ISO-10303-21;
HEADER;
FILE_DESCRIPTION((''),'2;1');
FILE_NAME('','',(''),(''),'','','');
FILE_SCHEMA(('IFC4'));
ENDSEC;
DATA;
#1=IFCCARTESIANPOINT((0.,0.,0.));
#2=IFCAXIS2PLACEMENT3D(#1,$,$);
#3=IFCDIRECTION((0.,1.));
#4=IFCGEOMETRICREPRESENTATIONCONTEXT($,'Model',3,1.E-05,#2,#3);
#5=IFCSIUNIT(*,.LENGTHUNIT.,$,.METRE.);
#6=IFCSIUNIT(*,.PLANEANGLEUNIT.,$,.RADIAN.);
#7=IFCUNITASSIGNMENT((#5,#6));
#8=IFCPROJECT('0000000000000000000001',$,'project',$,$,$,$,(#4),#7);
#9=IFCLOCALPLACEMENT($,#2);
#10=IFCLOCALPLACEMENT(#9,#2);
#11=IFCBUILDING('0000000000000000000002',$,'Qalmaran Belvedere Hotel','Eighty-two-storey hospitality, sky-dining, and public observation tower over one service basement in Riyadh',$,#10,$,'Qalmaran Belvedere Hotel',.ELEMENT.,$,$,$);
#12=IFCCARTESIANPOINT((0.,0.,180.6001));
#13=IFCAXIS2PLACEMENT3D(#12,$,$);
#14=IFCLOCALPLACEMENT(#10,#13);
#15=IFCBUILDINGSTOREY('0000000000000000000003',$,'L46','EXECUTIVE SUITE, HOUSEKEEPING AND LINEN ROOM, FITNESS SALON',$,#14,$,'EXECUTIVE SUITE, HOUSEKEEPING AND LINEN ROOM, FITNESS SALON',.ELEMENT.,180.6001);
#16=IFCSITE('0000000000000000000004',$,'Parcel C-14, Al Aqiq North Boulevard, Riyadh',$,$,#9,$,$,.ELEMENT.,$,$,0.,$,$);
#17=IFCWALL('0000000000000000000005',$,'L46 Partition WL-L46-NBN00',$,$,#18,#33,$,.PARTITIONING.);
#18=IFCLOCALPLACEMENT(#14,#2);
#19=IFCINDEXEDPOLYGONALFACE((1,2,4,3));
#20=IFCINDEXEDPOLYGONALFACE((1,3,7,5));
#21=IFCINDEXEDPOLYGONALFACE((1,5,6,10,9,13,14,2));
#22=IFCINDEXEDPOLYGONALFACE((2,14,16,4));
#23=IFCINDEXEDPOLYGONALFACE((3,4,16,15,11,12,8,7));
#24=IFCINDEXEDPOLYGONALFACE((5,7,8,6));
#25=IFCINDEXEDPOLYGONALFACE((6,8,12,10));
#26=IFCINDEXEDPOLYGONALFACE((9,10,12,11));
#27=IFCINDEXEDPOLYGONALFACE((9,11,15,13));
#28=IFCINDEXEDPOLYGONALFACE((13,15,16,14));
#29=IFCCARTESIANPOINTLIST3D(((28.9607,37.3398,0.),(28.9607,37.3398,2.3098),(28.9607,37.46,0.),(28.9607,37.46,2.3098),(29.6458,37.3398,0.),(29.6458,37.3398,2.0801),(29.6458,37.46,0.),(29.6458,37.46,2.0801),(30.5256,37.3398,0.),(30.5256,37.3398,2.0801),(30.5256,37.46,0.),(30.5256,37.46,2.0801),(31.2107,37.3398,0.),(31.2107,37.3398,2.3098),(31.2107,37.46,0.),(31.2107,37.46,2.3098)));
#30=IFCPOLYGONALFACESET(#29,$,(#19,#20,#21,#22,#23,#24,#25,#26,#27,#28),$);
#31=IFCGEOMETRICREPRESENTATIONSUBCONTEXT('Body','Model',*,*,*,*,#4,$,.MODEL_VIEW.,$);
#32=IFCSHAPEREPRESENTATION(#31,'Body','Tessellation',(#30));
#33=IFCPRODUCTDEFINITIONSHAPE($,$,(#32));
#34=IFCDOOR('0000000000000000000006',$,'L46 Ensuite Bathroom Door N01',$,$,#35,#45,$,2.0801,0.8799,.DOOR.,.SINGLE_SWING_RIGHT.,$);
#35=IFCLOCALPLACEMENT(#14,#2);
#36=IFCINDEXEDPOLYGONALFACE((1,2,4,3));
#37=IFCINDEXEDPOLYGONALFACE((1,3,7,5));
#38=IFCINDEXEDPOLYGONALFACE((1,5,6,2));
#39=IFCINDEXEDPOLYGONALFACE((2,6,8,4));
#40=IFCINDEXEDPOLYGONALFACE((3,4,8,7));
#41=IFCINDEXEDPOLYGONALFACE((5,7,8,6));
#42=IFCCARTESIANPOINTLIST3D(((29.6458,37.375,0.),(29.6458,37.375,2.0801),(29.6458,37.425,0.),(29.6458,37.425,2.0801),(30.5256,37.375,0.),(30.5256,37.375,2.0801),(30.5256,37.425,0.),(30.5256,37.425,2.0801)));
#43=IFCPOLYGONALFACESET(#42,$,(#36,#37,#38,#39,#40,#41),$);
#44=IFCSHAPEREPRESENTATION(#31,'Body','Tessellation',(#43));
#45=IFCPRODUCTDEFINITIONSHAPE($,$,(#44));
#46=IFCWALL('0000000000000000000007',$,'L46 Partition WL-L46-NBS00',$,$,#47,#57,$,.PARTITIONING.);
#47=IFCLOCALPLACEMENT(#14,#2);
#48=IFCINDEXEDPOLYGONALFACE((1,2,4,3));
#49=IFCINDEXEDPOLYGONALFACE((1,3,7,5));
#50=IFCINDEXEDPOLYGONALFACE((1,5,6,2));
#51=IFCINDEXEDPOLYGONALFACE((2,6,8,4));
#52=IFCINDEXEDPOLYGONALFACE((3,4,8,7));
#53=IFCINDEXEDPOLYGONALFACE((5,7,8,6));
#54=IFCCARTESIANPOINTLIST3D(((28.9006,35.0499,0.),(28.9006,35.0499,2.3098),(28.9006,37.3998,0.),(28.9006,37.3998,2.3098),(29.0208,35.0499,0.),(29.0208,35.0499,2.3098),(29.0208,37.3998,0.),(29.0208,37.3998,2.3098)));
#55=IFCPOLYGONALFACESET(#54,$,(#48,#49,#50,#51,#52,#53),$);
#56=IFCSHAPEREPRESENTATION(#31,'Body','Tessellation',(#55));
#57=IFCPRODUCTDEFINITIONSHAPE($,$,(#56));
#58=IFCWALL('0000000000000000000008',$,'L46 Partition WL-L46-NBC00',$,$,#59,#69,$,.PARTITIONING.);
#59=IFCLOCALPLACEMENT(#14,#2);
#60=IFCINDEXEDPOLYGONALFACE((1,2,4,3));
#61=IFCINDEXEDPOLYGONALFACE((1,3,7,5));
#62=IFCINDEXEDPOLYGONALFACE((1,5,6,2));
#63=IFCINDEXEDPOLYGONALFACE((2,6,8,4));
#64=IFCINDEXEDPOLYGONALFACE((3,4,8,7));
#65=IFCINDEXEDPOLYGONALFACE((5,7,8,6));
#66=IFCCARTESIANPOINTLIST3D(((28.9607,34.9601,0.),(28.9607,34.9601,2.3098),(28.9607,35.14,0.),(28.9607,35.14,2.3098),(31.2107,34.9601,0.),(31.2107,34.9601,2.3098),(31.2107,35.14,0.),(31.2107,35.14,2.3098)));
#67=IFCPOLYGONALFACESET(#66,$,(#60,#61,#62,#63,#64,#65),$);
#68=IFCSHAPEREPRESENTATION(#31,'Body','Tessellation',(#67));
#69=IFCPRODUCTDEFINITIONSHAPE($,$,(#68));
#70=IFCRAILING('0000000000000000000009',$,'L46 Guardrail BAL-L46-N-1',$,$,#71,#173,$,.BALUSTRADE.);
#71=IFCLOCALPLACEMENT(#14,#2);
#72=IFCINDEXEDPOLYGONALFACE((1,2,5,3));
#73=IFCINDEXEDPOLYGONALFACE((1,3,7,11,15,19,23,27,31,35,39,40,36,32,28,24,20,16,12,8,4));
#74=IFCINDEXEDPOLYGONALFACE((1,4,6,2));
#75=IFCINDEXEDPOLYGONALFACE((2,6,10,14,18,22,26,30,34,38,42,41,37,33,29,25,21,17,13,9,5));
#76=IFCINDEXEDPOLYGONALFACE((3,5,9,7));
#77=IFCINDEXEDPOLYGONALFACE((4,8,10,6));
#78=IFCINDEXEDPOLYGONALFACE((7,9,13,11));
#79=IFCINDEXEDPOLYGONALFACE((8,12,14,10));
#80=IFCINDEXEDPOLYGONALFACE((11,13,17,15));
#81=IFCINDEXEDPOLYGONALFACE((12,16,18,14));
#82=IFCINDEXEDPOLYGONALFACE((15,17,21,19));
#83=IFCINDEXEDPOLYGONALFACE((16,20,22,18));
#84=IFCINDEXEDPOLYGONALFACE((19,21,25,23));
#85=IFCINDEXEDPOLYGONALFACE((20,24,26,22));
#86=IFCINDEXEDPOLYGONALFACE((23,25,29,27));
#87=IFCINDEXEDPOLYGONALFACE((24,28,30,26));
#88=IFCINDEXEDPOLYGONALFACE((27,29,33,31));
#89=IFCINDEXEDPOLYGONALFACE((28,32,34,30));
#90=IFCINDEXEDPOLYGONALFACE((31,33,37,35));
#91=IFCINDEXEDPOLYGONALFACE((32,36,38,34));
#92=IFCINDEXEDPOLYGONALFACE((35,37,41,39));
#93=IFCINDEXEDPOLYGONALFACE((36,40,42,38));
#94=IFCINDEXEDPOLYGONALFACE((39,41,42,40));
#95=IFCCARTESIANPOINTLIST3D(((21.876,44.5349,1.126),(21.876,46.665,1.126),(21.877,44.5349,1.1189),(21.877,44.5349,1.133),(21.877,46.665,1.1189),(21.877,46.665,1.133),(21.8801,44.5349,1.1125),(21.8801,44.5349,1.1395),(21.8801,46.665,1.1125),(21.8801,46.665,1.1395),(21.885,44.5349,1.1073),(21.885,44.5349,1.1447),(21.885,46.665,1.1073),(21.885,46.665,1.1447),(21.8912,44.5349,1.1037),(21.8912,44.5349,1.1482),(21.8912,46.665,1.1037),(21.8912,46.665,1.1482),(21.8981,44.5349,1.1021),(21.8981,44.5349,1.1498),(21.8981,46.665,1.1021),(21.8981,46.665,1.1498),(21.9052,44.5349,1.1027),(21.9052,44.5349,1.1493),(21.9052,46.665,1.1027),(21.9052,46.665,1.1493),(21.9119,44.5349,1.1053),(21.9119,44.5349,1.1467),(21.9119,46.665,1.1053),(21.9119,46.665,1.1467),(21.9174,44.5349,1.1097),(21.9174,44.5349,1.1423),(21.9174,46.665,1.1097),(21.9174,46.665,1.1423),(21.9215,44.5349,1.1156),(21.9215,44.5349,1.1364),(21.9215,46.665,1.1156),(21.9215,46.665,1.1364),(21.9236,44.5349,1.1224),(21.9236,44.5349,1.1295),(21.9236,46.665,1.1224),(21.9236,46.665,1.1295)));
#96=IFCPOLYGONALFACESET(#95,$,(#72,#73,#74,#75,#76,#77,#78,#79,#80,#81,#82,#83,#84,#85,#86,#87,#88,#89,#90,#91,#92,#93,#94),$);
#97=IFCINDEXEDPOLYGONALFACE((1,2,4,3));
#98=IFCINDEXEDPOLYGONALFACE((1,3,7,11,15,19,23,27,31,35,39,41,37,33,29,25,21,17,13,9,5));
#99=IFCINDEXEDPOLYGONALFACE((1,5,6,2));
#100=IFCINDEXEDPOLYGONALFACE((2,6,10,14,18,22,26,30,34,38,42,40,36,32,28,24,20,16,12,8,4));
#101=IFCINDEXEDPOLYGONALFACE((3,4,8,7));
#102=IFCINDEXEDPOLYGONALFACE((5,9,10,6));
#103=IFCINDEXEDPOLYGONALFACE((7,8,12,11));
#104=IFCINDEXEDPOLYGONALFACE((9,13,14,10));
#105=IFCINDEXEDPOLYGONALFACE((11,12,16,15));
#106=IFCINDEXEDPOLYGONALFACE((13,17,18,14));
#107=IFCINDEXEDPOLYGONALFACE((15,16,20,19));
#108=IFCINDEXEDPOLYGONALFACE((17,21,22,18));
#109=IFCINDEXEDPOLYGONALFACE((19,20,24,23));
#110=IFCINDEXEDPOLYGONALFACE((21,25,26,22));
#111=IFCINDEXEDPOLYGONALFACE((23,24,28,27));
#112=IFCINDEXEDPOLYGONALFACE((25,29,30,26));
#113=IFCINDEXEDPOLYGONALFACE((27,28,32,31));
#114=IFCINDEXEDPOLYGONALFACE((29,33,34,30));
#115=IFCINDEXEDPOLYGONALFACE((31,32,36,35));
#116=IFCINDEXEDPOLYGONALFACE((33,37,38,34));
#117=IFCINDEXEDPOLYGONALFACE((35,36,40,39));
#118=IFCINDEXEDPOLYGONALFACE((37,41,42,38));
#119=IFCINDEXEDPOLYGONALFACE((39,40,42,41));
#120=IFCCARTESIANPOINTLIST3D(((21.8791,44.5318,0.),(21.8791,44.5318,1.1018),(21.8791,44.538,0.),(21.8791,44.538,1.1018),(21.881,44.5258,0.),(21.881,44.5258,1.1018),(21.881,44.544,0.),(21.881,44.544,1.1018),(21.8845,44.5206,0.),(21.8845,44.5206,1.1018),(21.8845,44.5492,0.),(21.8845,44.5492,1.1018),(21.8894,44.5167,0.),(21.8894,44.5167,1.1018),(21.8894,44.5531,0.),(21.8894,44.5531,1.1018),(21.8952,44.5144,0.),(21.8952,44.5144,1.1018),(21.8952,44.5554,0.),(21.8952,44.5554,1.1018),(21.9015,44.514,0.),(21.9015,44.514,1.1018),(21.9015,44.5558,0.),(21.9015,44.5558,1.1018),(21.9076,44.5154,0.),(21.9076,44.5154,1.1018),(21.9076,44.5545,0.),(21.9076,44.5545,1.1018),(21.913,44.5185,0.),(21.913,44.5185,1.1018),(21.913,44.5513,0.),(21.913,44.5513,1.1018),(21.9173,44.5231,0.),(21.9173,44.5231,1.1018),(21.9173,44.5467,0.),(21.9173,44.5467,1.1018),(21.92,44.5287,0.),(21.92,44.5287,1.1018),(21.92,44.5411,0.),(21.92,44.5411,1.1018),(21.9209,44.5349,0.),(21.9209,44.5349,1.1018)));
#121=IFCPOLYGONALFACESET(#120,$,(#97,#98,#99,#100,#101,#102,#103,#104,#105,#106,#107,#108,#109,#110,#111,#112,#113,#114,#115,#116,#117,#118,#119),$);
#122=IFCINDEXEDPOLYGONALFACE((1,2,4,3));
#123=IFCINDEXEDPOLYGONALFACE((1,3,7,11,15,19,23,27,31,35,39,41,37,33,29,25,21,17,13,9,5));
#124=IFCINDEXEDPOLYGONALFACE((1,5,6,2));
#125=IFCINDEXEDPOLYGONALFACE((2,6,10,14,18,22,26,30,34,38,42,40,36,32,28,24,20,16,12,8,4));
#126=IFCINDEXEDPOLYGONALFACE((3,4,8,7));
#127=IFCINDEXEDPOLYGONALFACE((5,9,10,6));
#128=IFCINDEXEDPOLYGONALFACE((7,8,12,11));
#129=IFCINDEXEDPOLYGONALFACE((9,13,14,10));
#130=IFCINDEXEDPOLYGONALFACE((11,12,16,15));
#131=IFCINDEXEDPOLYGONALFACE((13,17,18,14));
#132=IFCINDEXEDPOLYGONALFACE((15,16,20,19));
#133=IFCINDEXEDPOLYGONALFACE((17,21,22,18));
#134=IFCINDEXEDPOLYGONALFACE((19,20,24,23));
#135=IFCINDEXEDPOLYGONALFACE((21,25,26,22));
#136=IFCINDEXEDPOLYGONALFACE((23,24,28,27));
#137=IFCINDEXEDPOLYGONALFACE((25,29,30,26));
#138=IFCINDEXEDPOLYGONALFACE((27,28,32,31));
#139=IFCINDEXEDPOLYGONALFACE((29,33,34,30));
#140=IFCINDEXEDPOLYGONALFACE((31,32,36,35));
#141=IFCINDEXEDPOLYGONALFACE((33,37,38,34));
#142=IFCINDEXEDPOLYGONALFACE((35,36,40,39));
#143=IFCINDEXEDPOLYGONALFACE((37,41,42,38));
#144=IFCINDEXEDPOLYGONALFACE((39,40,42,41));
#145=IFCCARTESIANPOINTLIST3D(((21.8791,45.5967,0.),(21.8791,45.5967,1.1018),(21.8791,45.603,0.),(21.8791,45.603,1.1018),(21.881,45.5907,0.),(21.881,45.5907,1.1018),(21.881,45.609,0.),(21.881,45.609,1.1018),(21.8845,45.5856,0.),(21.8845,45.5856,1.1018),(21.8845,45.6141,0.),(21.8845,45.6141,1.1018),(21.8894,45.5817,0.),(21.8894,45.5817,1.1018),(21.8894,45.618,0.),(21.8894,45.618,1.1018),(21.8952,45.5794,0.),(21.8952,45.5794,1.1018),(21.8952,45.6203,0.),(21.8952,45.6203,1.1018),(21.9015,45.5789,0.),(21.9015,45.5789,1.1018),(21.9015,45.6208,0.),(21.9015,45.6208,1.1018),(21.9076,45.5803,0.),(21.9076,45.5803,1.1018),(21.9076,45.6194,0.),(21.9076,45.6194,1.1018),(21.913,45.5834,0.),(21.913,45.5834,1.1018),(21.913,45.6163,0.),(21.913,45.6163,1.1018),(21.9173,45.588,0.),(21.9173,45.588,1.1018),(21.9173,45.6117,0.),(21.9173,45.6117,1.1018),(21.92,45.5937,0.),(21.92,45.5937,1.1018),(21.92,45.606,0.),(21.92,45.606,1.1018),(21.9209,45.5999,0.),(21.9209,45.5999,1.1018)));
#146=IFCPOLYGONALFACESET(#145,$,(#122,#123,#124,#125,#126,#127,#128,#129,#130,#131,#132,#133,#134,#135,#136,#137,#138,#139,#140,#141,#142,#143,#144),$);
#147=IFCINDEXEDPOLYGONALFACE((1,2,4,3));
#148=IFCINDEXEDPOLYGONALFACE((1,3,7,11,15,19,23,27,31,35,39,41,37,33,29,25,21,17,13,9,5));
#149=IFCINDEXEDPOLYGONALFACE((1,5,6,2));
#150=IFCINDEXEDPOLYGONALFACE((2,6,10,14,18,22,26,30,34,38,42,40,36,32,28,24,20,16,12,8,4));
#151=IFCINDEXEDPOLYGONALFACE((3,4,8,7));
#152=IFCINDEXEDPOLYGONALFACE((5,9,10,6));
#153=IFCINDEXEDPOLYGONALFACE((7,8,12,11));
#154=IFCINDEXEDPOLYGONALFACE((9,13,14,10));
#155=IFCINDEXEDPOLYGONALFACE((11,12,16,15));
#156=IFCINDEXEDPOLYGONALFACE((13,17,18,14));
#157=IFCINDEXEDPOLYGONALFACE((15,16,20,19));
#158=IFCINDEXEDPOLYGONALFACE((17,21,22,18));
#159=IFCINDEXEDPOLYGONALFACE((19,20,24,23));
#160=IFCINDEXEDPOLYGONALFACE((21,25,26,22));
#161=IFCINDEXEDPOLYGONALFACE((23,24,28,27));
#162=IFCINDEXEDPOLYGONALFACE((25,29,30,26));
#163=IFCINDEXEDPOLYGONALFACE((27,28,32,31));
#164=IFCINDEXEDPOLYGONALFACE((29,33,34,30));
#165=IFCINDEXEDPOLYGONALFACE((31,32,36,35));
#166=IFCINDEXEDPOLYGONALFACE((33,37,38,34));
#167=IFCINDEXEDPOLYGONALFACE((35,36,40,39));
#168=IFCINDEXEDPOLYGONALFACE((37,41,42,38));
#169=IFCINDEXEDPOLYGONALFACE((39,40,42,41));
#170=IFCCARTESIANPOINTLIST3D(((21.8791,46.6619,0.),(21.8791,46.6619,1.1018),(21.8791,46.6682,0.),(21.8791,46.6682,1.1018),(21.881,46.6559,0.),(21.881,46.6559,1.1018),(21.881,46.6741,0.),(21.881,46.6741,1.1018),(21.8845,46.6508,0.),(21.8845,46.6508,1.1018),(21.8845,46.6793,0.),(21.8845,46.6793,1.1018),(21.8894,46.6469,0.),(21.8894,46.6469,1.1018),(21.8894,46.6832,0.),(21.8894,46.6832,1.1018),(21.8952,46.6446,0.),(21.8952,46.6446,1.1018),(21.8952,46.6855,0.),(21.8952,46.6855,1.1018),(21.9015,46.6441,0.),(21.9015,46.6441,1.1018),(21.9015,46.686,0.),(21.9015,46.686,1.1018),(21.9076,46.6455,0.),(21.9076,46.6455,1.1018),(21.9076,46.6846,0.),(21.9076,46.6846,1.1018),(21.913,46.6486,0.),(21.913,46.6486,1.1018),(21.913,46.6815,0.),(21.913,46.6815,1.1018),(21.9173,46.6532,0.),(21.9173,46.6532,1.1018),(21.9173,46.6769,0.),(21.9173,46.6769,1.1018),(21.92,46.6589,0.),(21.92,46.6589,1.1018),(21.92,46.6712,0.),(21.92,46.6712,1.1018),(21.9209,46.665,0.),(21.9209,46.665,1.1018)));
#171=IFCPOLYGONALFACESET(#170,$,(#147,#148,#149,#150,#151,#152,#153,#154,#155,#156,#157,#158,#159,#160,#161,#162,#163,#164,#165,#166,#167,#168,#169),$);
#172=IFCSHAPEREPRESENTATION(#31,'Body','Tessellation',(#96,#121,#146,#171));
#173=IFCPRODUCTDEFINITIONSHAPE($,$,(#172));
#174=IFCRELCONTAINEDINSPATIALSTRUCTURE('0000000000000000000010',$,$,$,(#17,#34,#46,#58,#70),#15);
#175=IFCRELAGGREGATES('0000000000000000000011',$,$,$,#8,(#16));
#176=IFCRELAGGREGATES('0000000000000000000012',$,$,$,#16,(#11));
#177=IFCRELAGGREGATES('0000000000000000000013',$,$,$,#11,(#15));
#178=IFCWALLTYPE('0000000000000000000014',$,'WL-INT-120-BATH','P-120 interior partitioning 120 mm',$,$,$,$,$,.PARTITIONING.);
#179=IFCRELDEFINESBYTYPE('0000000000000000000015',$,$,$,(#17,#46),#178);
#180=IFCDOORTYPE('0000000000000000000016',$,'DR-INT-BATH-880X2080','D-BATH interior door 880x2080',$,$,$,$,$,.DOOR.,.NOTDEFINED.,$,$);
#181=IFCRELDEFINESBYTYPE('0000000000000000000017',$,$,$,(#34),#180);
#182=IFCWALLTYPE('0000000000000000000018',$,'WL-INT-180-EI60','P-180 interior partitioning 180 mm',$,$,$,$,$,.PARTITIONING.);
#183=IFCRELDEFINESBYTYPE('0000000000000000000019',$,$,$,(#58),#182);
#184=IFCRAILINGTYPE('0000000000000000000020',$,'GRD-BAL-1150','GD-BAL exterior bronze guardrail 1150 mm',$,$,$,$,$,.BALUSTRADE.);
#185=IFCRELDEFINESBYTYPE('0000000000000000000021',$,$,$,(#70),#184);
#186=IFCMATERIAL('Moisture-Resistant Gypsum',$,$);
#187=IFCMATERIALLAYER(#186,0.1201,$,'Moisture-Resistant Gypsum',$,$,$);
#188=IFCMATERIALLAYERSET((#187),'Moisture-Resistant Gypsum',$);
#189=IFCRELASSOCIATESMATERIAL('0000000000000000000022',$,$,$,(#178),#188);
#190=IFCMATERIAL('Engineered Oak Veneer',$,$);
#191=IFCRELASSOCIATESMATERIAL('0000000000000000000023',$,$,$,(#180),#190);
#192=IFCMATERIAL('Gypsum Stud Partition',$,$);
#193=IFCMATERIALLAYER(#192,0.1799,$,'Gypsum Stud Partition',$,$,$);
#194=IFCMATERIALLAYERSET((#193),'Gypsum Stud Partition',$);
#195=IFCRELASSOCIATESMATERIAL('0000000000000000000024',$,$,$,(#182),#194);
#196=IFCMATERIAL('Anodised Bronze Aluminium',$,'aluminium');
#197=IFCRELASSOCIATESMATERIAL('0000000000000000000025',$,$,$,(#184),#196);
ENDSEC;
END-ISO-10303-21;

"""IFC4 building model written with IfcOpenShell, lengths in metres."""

from ifc_helpers import new_model, si_unit, direction, frame, frame_2d, origin, origin_2d, place, context, subcontext, project, spatial, rectangle, circle, extrude, material, layer, layer_set, type_object, element, fill, save


model = new_model("IFC4")

# Units and contexts
model_context = context("Model", 3, precision=1e-05, world=origin(), true_north=direction((0.0, 1.0)))
body_context = subcontext(model_context, "Body", "Model", "MODEL_VIEW")
ifc_project = project(units=[si_unit("LENGTHUNIT", "METRE"), si_unit("PLANEANGLEUNIT", "RADIAN")], contexts=[model_context])

# Site, building, storey
site_placement = place(None, origin())
site = spatial("IfcSite", under=ifc_project, at=site_placement, Name="Parcel C-14, Al Aqiq North Boulevard, Riyadh", CompositionType="ELEMENT", RefElevation=0.0)
building_placement = place(site_placement, origin())
building = spatial("IfcBuilding", under=site, at=building_placement, Name="Qalmaran Belvedere Hotel", Description="Eighty-two-storey hospitality, sky-dining, and public observation tower over one service basement in Riyadh", LongName="Qalmaran Belvedere Hotel", CompositionType="ELEMENT")
storey_placement = place(building_placement, frame((0.0, 0.0, 180.6001)))
storey = spatial("IfcBuildingStorey", under=building, at=storey_placement, Name="L46", Description="EXECUTIVE SUITE, HOUSEKEEPING AND LINEN ROOM, FITNESS SALON", LongName="EXECUTIVE SUITE, HOUSEKEEPING AND LINEN ROOM, FITNESS SALON", CompositionType="ELEMENT", Elevation=180.6001)

# Shared definitions
ifc_material_1 = material(Name="Anodised Bronze Aluminium", Category="aluminium")

# Wall, opening, door
ifc_material_2 = material(Name="Moisture-Resistant Gypsum")
ifc_layer_1 = layer(ifc_material_2, 0.1201, Name="Moisture-Resistant Gypsum")
ifc_layer_set_1 = layer_set([ifc_layer_1], Name="Moisture-Resistant Gypsum")
wall_type_1 = type_object("IfcWallType", Name="WL-INT-120-BATH", Description="P-120 interior partitioning 120 mm", PredefinedType="PARTITIONING", material=ifc_layer_set_1)
wall_1_placement = place(storey_placement, frame((28.9607, 37.3999, 0.0), z_axis=(0.0, 0.0, 1.0), x_axis=(1.0, 0.0, 0.0)))
wall_1 = element("IfcWall", 1, at=wall_1_placement, inside=storey, type_object=wall_type_1, Name="L46 Partition WL-L46-NBN00", PredefinedType="PARTITIONING", context=body_context, shape_type="SweptSolid", body=[
    extrude(rectangle(XDim=2.25, YDim=0.1201, at=frame_2d((1.125, 0.0))), origin(), (0.0, 0.0, 1.0), 2.3098),
])
opening_1_placement = place(wall_1_placement, frame((1.5649, 0.0, 0.0), z_axis=(0.0, 0.0, 1.0), x_axis=(-1.0, 0.0, 0.0)))
opening_1 = element("IfcOpeningElement", 2, at=opening_1_placement, cuts=wall_1, PredefinedType="OPENING", context=body_context, shape_type="SweptSolid", body=[
    extrude(rectangle(XDim=0.8799, YDim=2.0801, at=frame_2d((0.4399, 1.04))), frame((0.0, 0.0701, 0.0), z_axis=(0.0, -1.0, 0.0), x_axis=(1.0, 0.0, 0.0)), (0.0, 0.0, 1.0), 0.1401),
])
ifc_material_3 = material(Name="Engineered Oak Veneer")
door_type_1 = type_object("IfcDoorType", Name="DR-INT-BATH-880X2080", Description="D-BATH interior door 880x2080", OperationType="NOTDEFINED", PredefinedType="DOOR", material=ifc_material_3)
door_1_placement = place(opening_1_placement, origin())
door_1 = element("IfcDoor", 3, at=door_1_placement, inside=storey, type_object=door_type_1, Name="L46 Ensuite Bathroom Door N01", OperationType="SINGLE_SWING_RIGHT", OverallHeight=2.0801, OverallWidth=0.8799, PredefinedType="DOOR", context=body_context, shape_type="SweptSolid", body=[
    extrude(rectangle(XDim=0.8799, YDim=2.0801, at=frame_2d((0.4399, 1.04))), frame((0.0, 0.0249, 0.0), z_axis=(0.0, -1.0, 0.0), x_axis=(1.0, 0.0, 0.0)), (0.0, 0.0, 1.0), 0.05),
])
fill(opening_1, door_1)

# Walls
wall_2_placement = place(storey_placement, frame((28.9607, 35.05, 0.0), z_axis=(0.0, 0.0, 1.0), x_axis=(0.0, 1.0, 0.0)))
element("IfcWall", 4, at=wall_2_placement, inside=storey, type_object=wall_type_1, Name="L46 Partition WL-L46-NBS00", PredefinedType="PARTITIONING", context=body_context, shape_type="SweptSolid", body=[
    extrude(rectangle(XDim=2.3499, YDim=0.1201, at=frame_2d((1.1748, 0.0))), origin(), (0.0, 0.0, 1.0), 2.3098),
])
ifc_material_4 = material(Name="Gypsum Stud Partition")
ifc_layer_2 = layer(ifc_material_4, 0.1799, Name="Gypsum Stud Partition")
ifc_layer_set_2 = layer_set([ifc_layer_2], Name="Gypsum Stud Partition")
wall_type_2 = type_object("IfcWallType", Name="WL-INT-180-EI60", Description="P-180 interior partitioning 180 mm", PredefinedType="PARTITIONING", material=ifc_layer_set_2)
wall_3_placement = place(storey_placement, frame((28.9607, 35.05, 0.0), z_axis=(0.0, 0.0, 1.0), x_axis=(1.0, 0.0, 0.0)))
element("IfcWall", 5, at=wall_3_placement, inside=storey, type_object=wall_type_2, Name="L46 Partition WL-L46-NBC00", PredefinedType="PARTITIONING", context=body_context, shape_type="SweptSolid", body=[
    extrude(rectangle(XDim=2.25, YDim=0.1799, at=frame_2d((1.125, 0.0))), origin(), (0.0, 0.0, 1.0), 2.3098),
])

# Railing
railing_type = type_object("IfcRailingType", Name="GRD-BAL-1150", Description="GD-BAL exterior bronze guardrail 1150 mm", PredefinedType="BALUSTRADE", material=ifc_material_1)
railing_1_placement = place(storey_placement, frame((21.8999, 44.5349, 0.0)))
element("IfcRailing", 6, at=railing_1_placement, inside=storey, type_object=railing_type, Name="L46 Guardrail BAL-L46-N-1", PredefinedType="BALUSTRADE", context=body_context, shape_type="SweptSolid", body=[
    extrude(circle(Radius=0.0239, at=origin_2d()), frame((0.0, 0.0, 1.126), z_axis=(0.0, 1.0, 0.0), x_axis=(-1.0, 0.0, 0.0)), (0.0, 0.0, 1.0), 2.1301),
    extrude(circle(Radius=0.021, at=origin_2d()), origin(), (0.0, 0.0, 1.0), 1.1018),
    extrude(circle(Radius=0.021, at=origin_2d()), frame((0.0, 1.0649, 0.0)), (0.0, 0.0, 1.0), 1.1018),
    extrude(circle(Radius=0.021, at=origin_2d()), frame((0.0, 2.1301, 0.0)), (0.0, 0.0, 1.0), 1.1018),
])

save(model, "model.ifc")
